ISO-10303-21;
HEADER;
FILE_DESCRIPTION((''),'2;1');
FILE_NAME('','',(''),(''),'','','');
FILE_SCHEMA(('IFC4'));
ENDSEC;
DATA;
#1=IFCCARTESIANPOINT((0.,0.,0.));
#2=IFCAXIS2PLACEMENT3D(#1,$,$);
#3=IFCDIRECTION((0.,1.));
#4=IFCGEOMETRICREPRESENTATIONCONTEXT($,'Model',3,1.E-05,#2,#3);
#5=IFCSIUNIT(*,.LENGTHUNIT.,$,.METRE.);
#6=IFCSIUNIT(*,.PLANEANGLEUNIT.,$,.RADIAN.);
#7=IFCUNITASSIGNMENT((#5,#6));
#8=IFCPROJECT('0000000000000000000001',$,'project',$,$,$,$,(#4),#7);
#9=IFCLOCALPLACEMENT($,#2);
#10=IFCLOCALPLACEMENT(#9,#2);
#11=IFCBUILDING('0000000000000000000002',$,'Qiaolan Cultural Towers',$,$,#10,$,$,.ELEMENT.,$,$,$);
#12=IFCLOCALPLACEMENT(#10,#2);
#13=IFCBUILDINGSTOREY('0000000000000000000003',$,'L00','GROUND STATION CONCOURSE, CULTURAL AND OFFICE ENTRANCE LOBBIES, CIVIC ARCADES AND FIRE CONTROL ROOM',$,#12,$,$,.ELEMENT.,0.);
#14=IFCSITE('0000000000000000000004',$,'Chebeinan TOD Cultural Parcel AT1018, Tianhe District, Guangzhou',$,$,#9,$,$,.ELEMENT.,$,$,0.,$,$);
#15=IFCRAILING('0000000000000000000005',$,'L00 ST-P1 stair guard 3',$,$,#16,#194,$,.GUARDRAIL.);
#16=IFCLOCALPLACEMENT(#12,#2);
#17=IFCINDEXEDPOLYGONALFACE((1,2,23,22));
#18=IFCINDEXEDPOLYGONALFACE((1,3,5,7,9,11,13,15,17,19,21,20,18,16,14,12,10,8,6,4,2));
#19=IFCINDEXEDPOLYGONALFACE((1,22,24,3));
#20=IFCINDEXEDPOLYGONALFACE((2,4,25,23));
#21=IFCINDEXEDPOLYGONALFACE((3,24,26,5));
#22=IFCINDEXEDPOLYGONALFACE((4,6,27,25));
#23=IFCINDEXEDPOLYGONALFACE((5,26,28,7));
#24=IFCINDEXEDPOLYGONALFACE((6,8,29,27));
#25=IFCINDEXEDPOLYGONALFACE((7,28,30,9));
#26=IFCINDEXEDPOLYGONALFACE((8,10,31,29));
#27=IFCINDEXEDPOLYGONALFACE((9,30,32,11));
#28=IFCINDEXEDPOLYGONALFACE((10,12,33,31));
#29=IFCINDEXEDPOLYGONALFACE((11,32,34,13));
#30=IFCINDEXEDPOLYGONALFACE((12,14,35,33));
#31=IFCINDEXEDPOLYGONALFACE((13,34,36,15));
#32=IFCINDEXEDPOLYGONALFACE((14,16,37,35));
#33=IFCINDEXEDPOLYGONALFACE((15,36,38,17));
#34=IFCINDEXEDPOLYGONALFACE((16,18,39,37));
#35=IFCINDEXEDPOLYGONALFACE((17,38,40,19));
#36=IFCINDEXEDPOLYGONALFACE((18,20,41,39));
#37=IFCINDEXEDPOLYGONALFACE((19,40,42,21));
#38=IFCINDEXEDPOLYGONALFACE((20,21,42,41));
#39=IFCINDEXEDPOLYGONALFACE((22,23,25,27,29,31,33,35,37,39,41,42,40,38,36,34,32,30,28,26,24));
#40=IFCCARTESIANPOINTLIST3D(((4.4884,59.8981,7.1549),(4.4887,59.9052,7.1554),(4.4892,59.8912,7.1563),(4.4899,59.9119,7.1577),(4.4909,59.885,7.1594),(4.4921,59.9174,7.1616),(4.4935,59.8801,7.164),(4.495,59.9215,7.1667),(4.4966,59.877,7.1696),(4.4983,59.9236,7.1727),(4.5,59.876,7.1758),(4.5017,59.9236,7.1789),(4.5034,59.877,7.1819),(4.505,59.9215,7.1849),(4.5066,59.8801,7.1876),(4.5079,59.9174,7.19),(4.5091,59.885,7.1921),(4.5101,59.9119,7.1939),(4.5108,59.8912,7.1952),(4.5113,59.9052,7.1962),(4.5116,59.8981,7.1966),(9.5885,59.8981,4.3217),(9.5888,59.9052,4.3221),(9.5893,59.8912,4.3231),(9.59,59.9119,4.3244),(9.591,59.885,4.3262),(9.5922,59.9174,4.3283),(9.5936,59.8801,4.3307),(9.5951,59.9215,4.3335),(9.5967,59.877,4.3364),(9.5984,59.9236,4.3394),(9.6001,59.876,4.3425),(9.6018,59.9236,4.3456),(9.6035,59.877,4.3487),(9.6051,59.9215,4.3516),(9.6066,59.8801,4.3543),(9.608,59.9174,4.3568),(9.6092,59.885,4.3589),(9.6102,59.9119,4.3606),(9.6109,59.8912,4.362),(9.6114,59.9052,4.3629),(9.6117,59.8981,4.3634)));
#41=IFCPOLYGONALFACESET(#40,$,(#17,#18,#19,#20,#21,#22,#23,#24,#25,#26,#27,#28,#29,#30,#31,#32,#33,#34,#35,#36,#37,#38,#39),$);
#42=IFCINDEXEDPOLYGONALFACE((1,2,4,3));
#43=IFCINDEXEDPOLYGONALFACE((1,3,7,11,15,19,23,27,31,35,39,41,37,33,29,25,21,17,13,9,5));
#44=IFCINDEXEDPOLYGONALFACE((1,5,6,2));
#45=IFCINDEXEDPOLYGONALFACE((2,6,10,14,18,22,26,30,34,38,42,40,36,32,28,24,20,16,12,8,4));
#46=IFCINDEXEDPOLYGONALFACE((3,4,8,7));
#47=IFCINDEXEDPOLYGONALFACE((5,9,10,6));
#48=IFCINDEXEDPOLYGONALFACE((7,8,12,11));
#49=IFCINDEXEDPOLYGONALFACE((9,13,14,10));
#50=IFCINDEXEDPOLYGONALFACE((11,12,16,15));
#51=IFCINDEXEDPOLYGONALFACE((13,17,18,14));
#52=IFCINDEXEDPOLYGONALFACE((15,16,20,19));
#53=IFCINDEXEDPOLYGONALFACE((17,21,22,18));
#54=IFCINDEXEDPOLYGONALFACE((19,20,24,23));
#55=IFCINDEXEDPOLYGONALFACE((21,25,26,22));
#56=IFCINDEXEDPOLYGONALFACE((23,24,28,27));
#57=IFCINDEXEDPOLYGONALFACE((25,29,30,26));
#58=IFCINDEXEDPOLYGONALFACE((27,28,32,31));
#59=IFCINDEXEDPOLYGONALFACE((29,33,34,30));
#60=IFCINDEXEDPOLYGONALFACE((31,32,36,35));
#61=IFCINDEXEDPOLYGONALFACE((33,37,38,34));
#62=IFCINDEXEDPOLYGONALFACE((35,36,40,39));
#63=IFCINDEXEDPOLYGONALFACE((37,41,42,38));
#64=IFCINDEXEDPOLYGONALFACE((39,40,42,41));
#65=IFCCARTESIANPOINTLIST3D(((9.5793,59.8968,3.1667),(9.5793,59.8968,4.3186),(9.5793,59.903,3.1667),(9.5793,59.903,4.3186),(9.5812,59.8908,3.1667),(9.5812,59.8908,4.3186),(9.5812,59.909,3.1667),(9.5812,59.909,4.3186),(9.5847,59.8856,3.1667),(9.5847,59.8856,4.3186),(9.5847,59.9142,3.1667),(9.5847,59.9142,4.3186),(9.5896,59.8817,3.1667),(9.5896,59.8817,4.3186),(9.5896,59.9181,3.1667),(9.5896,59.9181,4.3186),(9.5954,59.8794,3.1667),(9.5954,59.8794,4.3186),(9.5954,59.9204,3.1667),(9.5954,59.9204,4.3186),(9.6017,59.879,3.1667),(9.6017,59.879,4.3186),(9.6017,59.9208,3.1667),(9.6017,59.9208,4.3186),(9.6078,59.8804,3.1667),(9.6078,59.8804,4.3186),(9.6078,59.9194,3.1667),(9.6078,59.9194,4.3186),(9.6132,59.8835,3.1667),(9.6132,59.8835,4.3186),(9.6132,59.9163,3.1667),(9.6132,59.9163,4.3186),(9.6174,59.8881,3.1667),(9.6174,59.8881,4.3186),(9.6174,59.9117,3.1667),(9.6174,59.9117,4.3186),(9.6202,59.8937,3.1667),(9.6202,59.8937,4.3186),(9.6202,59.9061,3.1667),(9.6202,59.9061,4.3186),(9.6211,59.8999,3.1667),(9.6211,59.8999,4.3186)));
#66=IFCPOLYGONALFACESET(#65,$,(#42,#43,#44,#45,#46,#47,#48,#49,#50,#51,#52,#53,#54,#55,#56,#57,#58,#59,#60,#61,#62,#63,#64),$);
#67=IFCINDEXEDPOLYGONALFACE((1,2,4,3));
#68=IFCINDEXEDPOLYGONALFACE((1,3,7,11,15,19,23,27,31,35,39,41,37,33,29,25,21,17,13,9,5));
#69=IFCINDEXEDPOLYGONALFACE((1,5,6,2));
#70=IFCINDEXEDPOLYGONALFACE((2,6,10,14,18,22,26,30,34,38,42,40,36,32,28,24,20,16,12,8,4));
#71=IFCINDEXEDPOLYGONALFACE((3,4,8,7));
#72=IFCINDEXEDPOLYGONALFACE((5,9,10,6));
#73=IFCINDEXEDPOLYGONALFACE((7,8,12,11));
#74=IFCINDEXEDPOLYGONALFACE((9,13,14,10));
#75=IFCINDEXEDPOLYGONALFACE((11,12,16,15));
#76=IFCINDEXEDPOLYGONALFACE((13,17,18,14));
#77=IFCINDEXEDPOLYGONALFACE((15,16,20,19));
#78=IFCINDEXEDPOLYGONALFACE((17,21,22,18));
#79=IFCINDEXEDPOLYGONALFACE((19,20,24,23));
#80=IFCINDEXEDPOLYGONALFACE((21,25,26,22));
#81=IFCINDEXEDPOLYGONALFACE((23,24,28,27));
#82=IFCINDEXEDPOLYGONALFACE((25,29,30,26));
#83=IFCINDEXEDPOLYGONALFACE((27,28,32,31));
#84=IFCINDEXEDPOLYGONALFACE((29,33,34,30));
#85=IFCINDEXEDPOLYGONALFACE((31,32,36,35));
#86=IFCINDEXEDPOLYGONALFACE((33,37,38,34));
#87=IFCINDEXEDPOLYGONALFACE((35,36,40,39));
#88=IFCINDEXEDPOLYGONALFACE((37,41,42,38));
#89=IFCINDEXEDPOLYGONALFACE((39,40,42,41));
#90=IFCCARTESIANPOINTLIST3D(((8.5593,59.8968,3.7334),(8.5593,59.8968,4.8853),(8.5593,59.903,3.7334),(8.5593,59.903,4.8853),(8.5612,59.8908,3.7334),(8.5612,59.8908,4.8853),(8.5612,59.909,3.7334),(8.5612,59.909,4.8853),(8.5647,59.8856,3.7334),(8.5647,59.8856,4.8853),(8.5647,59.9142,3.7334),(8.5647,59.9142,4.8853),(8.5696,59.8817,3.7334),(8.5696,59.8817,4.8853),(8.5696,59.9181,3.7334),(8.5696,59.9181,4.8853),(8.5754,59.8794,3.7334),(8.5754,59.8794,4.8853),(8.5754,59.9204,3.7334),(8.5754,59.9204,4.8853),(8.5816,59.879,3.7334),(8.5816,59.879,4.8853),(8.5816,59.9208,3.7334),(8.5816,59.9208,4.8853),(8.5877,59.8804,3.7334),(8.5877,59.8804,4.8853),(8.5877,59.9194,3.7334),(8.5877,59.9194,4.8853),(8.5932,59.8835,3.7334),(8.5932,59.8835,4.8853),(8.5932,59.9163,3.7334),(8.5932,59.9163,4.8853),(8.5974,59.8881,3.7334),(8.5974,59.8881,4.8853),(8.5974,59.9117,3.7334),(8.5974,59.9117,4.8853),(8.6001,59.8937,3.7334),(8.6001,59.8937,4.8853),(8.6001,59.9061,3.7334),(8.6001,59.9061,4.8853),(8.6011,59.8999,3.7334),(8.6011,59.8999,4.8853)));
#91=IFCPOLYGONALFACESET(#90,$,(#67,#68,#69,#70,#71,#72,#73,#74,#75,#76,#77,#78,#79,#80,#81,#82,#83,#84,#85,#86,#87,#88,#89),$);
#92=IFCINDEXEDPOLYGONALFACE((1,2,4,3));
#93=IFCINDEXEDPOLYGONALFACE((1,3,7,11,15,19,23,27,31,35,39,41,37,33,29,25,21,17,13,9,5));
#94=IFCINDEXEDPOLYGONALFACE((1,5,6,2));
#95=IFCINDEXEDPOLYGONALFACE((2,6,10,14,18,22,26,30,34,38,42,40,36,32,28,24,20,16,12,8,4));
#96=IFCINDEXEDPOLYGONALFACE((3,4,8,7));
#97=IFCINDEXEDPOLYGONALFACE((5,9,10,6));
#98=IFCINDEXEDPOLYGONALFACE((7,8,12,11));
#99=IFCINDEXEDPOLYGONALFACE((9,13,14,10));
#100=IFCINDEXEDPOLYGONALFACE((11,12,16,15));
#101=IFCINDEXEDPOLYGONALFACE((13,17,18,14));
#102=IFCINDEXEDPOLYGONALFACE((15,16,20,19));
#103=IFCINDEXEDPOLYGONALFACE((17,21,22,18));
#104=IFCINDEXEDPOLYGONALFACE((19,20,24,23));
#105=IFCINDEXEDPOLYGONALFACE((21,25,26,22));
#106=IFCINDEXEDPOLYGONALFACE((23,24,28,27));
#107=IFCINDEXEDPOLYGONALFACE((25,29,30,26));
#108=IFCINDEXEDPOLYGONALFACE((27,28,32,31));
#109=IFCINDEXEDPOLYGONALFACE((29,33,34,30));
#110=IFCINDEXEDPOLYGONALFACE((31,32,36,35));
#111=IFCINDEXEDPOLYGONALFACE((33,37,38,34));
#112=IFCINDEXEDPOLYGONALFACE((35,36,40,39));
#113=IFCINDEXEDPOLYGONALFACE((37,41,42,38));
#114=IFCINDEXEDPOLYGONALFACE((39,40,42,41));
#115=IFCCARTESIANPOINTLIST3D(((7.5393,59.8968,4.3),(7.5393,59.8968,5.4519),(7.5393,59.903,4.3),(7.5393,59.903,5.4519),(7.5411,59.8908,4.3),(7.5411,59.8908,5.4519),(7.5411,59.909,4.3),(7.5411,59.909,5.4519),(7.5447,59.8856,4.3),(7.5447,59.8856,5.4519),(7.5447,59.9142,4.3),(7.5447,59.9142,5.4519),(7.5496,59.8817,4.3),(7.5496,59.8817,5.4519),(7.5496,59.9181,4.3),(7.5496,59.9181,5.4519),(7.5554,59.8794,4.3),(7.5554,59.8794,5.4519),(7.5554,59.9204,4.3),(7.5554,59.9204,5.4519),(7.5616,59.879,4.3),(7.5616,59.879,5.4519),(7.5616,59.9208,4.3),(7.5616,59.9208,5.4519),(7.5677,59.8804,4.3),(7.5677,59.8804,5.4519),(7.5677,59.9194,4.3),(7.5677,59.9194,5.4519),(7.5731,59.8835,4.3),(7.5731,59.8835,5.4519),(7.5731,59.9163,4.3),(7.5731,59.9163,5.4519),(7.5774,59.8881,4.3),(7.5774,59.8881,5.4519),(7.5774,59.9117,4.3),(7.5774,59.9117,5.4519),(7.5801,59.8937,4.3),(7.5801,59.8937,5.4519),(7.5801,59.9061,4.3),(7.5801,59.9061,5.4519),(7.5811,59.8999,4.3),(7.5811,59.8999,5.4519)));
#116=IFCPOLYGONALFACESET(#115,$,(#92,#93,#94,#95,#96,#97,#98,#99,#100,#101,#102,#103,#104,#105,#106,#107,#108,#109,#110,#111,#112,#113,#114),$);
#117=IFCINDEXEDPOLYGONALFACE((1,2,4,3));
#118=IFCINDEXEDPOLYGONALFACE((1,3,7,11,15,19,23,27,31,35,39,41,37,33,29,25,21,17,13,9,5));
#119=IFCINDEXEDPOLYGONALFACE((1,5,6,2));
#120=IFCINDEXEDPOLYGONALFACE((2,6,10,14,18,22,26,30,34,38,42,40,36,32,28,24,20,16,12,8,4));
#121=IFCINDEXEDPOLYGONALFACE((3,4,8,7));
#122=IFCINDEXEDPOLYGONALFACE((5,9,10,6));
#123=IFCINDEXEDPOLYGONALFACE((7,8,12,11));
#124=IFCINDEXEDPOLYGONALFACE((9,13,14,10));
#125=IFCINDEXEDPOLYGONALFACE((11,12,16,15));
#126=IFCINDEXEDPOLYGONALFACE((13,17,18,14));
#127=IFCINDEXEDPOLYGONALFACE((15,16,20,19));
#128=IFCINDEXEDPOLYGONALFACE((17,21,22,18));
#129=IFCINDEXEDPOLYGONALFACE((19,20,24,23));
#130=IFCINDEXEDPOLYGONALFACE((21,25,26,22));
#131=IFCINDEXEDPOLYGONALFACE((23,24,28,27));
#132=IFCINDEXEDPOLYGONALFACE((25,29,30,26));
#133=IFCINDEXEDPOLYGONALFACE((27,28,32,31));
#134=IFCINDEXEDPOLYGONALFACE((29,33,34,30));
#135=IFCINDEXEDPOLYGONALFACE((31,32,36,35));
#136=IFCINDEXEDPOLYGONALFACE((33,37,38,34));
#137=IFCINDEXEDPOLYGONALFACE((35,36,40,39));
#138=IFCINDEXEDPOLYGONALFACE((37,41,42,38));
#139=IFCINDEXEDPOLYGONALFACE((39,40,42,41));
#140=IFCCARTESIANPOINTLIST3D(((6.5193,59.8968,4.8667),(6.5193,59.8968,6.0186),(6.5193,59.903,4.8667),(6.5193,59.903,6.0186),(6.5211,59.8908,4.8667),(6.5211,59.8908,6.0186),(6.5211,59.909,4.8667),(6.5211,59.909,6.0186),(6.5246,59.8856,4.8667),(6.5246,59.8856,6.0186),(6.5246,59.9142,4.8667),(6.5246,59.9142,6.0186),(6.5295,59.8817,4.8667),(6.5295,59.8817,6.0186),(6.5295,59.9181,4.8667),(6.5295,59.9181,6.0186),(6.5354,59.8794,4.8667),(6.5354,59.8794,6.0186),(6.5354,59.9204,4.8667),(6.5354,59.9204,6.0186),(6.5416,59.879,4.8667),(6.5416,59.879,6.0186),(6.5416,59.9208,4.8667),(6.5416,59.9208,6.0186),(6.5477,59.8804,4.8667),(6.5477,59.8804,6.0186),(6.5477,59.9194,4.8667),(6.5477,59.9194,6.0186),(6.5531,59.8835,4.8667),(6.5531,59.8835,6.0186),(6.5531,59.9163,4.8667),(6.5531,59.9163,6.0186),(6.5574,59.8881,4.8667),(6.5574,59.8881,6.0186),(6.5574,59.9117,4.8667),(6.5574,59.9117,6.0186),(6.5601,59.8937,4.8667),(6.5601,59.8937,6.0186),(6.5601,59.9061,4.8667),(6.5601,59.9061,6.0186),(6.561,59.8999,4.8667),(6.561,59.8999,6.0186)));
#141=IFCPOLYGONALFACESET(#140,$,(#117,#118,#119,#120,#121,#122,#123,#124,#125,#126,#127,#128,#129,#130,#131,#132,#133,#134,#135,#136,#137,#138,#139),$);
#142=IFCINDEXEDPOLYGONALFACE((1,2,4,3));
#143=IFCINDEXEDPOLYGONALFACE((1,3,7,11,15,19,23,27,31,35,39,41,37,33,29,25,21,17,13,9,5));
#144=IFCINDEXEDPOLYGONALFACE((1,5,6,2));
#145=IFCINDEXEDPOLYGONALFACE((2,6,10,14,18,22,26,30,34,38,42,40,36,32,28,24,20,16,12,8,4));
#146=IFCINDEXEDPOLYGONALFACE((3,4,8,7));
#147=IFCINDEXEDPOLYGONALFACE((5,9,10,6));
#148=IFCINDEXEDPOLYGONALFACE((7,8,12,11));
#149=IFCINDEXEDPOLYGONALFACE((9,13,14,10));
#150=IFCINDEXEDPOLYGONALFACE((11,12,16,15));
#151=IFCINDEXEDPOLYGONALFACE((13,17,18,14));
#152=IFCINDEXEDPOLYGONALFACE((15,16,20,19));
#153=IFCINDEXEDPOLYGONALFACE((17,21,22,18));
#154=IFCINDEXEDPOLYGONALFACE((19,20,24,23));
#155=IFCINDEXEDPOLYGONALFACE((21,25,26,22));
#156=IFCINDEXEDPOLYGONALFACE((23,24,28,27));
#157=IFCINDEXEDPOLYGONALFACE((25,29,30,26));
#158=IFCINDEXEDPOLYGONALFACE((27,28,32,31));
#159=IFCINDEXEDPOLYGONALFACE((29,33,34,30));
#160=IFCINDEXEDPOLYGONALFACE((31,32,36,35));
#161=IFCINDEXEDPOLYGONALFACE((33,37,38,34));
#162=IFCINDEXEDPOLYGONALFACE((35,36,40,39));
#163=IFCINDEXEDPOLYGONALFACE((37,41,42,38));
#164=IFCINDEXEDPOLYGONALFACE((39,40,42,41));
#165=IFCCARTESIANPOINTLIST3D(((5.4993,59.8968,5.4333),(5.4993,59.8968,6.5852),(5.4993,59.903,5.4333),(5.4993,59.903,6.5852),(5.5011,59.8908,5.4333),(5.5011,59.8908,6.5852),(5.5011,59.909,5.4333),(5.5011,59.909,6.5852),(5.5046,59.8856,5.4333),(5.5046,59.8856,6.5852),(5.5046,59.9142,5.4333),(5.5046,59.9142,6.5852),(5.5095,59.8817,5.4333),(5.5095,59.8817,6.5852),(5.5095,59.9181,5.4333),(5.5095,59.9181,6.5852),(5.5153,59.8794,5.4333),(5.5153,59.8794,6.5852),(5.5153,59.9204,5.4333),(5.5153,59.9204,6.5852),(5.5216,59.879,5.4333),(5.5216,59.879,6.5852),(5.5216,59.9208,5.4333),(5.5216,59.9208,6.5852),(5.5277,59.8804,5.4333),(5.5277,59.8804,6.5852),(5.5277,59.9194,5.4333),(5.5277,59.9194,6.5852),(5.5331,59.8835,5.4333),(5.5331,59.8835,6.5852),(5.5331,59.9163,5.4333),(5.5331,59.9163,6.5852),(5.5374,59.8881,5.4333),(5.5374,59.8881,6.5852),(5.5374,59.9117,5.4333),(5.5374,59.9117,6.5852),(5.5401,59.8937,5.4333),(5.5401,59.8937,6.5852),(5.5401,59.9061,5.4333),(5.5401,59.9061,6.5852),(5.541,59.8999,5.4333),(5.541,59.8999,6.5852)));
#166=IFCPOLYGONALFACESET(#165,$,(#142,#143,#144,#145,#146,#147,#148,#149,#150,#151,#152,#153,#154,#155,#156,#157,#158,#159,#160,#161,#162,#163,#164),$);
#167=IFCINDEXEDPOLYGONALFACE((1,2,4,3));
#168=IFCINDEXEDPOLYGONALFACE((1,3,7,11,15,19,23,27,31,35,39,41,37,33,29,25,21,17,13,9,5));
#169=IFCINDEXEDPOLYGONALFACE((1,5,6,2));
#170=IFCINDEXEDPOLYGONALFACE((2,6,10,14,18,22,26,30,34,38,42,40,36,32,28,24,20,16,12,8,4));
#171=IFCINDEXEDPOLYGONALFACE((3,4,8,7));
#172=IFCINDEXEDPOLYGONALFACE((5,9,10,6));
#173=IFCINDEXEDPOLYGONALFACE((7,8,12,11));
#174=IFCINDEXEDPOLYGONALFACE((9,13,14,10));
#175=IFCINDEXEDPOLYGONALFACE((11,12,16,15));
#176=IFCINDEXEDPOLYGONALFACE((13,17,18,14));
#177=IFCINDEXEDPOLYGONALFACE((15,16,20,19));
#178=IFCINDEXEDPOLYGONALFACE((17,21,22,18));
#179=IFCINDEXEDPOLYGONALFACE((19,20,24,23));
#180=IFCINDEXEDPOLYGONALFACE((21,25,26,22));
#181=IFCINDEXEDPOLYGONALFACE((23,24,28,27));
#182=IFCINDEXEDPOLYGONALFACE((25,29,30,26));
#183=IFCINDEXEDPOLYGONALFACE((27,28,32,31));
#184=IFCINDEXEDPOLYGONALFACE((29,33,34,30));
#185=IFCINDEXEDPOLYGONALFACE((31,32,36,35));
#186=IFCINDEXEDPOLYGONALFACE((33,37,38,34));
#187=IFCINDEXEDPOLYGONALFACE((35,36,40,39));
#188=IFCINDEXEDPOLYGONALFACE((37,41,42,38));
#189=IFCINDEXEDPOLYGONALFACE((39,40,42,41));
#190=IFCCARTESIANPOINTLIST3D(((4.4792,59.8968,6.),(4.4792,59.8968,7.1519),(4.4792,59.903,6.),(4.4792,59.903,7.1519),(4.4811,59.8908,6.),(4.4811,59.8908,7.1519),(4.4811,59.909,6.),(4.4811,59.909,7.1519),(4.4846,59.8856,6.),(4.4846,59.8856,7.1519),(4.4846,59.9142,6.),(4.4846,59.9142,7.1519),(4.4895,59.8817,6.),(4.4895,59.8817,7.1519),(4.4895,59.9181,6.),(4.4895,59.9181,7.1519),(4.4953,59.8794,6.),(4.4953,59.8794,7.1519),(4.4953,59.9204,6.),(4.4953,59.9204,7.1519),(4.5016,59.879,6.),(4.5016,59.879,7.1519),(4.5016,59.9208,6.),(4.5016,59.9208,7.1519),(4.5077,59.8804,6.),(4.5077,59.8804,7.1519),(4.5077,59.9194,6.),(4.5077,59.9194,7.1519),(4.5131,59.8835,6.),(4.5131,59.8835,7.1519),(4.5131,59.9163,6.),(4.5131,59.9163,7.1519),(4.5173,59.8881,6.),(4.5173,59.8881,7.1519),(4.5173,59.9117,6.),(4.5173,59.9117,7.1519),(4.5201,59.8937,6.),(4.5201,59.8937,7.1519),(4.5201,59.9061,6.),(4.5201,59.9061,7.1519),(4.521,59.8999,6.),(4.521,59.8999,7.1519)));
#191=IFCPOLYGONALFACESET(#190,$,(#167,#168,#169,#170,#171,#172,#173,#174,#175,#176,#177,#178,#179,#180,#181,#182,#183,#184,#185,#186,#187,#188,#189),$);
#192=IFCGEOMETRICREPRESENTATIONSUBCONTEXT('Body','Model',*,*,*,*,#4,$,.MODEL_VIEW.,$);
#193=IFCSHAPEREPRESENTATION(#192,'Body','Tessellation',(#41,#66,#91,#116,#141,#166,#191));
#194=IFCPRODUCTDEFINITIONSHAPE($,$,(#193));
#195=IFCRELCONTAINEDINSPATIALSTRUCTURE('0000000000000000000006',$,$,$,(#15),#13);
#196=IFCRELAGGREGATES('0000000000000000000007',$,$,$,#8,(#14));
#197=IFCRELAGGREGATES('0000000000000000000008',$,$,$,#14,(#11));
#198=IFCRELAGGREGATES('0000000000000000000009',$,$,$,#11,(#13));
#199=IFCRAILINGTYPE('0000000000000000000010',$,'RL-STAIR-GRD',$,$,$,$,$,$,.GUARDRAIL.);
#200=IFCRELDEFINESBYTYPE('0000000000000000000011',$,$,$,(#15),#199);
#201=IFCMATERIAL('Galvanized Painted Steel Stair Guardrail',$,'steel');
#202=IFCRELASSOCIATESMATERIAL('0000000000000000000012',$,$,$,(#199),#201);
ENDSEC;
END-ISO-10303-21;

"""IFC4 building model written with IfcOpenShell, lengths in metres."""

from ifc_helpers import new_model, si_unit, direction, frame, origin, origin_2d, place, context, subcontext, project, spatial, circle, extrude, material, type_object, element, save


model = new_model("IFC4")

# Units and contexts
model_context = context("Model", 3, precision=1e-05, world=origin(), true_north=direction((0.0, 1.0)))
body_context = subcontext(model_context, "Body", "Model", "MODEL_VIEW")
ifc_project = project(units=[si_unit("LENGTHUNIT", "METRE"), si_unit("PLANEANGLEUNIT", "RADIAN")], contexts=[model_context])

# Site, building, storey
site_placement = place(None, origin())
site = spatial("IfcSite", under=ifc_project, at=site_placement, Name="Chebeinan TOD Cultural Parcel AT1018, Tianhe District, Guangzhou", CompositionType="ELEMENT", RefElevation=0.0)
building_placement = place(site_placement, origin())
building = spatial("IfcBuilding", under=site, at=building_placement, Name="Qiaolan Cultural Towers", CompositionType="ELEMENT")
storey_placement = place(building_placement, origin())
storey = spatial("IfcBuildingStorey", under=building, at=storey_placement, Name="L00", Description="GROUND STATION CONCOURSE, CULTURAL AND OFFICE ENTRANCE LOBBIES, CIVIC ARCADES AND FIRE CONTROL ROOM", CompositionType="ELEMENT", Elevation=0.0)

# Railing
ifc_material_1 = material(Name="Galvanized Painted Steel Stair Guardrail", Category="steel")
railing_type_1 = type_object("IfcRailingType", Name="RL-STAIR-GRD", PredefinedType="GUARDRAIL", material=ifc_material_1)
railing_1_placement = place(storey_placement, frame((9.6001, 59.8999, 3.1667)))
element("IfcRailing", 1, at=railing_1_placement, inside=storey, type_object=railing_type_1, Name="L00 ST-P1 stair guard 3", PredefinedType="GUARDRAIL", context=body_context, shape_type="SweptSolid", body=[
    extrude(circle(Radius=0.0239, at=origin_2d()), frame((0.0, 0.0, 1.1758), z_axis=(-0.874167, 0.0, 0.485625), x_axis=(0.0, -1.0, 0.0)), (0.0, 0.0, 1.0), 5.8342),
    extrude(circle(Radius=0.021, at=origin_2d()), origin(), (0.0, 0.0, 1.0), 1.1519),
    extrude(circle(Radius=0.021, at=origin_2d()), frame((-1.02, 0.0, 0.5667)), (0.0, 0.0, 1.0), 1.1519),
    extrude(circle(Radius=0.021, at=origin_2d()), frame((-2.04, 0.0, 1.1333)), (0.0, 0.0, 1.0), 1.1519),
    extrude(circle(Radius=0.021, at=origin_2d()), frame((-3.0601, 0.0, 1.7)), (0.0, 0.0, 1.0), 1.1519),
    extrude(circle(Radius=0.021, at=origin_2d()), frame((-4.0801, 0.0, 2.2666)), (0.0, 0.0, 1.0), 1.1519),
    extrude(circle(Radius=0.021, at=origin_2d()), frame((-5.1001, 0.0, 2.8333)), (0.0, 0.0, 1.0), 1.1519),
])

save(model, "model.ifc")
